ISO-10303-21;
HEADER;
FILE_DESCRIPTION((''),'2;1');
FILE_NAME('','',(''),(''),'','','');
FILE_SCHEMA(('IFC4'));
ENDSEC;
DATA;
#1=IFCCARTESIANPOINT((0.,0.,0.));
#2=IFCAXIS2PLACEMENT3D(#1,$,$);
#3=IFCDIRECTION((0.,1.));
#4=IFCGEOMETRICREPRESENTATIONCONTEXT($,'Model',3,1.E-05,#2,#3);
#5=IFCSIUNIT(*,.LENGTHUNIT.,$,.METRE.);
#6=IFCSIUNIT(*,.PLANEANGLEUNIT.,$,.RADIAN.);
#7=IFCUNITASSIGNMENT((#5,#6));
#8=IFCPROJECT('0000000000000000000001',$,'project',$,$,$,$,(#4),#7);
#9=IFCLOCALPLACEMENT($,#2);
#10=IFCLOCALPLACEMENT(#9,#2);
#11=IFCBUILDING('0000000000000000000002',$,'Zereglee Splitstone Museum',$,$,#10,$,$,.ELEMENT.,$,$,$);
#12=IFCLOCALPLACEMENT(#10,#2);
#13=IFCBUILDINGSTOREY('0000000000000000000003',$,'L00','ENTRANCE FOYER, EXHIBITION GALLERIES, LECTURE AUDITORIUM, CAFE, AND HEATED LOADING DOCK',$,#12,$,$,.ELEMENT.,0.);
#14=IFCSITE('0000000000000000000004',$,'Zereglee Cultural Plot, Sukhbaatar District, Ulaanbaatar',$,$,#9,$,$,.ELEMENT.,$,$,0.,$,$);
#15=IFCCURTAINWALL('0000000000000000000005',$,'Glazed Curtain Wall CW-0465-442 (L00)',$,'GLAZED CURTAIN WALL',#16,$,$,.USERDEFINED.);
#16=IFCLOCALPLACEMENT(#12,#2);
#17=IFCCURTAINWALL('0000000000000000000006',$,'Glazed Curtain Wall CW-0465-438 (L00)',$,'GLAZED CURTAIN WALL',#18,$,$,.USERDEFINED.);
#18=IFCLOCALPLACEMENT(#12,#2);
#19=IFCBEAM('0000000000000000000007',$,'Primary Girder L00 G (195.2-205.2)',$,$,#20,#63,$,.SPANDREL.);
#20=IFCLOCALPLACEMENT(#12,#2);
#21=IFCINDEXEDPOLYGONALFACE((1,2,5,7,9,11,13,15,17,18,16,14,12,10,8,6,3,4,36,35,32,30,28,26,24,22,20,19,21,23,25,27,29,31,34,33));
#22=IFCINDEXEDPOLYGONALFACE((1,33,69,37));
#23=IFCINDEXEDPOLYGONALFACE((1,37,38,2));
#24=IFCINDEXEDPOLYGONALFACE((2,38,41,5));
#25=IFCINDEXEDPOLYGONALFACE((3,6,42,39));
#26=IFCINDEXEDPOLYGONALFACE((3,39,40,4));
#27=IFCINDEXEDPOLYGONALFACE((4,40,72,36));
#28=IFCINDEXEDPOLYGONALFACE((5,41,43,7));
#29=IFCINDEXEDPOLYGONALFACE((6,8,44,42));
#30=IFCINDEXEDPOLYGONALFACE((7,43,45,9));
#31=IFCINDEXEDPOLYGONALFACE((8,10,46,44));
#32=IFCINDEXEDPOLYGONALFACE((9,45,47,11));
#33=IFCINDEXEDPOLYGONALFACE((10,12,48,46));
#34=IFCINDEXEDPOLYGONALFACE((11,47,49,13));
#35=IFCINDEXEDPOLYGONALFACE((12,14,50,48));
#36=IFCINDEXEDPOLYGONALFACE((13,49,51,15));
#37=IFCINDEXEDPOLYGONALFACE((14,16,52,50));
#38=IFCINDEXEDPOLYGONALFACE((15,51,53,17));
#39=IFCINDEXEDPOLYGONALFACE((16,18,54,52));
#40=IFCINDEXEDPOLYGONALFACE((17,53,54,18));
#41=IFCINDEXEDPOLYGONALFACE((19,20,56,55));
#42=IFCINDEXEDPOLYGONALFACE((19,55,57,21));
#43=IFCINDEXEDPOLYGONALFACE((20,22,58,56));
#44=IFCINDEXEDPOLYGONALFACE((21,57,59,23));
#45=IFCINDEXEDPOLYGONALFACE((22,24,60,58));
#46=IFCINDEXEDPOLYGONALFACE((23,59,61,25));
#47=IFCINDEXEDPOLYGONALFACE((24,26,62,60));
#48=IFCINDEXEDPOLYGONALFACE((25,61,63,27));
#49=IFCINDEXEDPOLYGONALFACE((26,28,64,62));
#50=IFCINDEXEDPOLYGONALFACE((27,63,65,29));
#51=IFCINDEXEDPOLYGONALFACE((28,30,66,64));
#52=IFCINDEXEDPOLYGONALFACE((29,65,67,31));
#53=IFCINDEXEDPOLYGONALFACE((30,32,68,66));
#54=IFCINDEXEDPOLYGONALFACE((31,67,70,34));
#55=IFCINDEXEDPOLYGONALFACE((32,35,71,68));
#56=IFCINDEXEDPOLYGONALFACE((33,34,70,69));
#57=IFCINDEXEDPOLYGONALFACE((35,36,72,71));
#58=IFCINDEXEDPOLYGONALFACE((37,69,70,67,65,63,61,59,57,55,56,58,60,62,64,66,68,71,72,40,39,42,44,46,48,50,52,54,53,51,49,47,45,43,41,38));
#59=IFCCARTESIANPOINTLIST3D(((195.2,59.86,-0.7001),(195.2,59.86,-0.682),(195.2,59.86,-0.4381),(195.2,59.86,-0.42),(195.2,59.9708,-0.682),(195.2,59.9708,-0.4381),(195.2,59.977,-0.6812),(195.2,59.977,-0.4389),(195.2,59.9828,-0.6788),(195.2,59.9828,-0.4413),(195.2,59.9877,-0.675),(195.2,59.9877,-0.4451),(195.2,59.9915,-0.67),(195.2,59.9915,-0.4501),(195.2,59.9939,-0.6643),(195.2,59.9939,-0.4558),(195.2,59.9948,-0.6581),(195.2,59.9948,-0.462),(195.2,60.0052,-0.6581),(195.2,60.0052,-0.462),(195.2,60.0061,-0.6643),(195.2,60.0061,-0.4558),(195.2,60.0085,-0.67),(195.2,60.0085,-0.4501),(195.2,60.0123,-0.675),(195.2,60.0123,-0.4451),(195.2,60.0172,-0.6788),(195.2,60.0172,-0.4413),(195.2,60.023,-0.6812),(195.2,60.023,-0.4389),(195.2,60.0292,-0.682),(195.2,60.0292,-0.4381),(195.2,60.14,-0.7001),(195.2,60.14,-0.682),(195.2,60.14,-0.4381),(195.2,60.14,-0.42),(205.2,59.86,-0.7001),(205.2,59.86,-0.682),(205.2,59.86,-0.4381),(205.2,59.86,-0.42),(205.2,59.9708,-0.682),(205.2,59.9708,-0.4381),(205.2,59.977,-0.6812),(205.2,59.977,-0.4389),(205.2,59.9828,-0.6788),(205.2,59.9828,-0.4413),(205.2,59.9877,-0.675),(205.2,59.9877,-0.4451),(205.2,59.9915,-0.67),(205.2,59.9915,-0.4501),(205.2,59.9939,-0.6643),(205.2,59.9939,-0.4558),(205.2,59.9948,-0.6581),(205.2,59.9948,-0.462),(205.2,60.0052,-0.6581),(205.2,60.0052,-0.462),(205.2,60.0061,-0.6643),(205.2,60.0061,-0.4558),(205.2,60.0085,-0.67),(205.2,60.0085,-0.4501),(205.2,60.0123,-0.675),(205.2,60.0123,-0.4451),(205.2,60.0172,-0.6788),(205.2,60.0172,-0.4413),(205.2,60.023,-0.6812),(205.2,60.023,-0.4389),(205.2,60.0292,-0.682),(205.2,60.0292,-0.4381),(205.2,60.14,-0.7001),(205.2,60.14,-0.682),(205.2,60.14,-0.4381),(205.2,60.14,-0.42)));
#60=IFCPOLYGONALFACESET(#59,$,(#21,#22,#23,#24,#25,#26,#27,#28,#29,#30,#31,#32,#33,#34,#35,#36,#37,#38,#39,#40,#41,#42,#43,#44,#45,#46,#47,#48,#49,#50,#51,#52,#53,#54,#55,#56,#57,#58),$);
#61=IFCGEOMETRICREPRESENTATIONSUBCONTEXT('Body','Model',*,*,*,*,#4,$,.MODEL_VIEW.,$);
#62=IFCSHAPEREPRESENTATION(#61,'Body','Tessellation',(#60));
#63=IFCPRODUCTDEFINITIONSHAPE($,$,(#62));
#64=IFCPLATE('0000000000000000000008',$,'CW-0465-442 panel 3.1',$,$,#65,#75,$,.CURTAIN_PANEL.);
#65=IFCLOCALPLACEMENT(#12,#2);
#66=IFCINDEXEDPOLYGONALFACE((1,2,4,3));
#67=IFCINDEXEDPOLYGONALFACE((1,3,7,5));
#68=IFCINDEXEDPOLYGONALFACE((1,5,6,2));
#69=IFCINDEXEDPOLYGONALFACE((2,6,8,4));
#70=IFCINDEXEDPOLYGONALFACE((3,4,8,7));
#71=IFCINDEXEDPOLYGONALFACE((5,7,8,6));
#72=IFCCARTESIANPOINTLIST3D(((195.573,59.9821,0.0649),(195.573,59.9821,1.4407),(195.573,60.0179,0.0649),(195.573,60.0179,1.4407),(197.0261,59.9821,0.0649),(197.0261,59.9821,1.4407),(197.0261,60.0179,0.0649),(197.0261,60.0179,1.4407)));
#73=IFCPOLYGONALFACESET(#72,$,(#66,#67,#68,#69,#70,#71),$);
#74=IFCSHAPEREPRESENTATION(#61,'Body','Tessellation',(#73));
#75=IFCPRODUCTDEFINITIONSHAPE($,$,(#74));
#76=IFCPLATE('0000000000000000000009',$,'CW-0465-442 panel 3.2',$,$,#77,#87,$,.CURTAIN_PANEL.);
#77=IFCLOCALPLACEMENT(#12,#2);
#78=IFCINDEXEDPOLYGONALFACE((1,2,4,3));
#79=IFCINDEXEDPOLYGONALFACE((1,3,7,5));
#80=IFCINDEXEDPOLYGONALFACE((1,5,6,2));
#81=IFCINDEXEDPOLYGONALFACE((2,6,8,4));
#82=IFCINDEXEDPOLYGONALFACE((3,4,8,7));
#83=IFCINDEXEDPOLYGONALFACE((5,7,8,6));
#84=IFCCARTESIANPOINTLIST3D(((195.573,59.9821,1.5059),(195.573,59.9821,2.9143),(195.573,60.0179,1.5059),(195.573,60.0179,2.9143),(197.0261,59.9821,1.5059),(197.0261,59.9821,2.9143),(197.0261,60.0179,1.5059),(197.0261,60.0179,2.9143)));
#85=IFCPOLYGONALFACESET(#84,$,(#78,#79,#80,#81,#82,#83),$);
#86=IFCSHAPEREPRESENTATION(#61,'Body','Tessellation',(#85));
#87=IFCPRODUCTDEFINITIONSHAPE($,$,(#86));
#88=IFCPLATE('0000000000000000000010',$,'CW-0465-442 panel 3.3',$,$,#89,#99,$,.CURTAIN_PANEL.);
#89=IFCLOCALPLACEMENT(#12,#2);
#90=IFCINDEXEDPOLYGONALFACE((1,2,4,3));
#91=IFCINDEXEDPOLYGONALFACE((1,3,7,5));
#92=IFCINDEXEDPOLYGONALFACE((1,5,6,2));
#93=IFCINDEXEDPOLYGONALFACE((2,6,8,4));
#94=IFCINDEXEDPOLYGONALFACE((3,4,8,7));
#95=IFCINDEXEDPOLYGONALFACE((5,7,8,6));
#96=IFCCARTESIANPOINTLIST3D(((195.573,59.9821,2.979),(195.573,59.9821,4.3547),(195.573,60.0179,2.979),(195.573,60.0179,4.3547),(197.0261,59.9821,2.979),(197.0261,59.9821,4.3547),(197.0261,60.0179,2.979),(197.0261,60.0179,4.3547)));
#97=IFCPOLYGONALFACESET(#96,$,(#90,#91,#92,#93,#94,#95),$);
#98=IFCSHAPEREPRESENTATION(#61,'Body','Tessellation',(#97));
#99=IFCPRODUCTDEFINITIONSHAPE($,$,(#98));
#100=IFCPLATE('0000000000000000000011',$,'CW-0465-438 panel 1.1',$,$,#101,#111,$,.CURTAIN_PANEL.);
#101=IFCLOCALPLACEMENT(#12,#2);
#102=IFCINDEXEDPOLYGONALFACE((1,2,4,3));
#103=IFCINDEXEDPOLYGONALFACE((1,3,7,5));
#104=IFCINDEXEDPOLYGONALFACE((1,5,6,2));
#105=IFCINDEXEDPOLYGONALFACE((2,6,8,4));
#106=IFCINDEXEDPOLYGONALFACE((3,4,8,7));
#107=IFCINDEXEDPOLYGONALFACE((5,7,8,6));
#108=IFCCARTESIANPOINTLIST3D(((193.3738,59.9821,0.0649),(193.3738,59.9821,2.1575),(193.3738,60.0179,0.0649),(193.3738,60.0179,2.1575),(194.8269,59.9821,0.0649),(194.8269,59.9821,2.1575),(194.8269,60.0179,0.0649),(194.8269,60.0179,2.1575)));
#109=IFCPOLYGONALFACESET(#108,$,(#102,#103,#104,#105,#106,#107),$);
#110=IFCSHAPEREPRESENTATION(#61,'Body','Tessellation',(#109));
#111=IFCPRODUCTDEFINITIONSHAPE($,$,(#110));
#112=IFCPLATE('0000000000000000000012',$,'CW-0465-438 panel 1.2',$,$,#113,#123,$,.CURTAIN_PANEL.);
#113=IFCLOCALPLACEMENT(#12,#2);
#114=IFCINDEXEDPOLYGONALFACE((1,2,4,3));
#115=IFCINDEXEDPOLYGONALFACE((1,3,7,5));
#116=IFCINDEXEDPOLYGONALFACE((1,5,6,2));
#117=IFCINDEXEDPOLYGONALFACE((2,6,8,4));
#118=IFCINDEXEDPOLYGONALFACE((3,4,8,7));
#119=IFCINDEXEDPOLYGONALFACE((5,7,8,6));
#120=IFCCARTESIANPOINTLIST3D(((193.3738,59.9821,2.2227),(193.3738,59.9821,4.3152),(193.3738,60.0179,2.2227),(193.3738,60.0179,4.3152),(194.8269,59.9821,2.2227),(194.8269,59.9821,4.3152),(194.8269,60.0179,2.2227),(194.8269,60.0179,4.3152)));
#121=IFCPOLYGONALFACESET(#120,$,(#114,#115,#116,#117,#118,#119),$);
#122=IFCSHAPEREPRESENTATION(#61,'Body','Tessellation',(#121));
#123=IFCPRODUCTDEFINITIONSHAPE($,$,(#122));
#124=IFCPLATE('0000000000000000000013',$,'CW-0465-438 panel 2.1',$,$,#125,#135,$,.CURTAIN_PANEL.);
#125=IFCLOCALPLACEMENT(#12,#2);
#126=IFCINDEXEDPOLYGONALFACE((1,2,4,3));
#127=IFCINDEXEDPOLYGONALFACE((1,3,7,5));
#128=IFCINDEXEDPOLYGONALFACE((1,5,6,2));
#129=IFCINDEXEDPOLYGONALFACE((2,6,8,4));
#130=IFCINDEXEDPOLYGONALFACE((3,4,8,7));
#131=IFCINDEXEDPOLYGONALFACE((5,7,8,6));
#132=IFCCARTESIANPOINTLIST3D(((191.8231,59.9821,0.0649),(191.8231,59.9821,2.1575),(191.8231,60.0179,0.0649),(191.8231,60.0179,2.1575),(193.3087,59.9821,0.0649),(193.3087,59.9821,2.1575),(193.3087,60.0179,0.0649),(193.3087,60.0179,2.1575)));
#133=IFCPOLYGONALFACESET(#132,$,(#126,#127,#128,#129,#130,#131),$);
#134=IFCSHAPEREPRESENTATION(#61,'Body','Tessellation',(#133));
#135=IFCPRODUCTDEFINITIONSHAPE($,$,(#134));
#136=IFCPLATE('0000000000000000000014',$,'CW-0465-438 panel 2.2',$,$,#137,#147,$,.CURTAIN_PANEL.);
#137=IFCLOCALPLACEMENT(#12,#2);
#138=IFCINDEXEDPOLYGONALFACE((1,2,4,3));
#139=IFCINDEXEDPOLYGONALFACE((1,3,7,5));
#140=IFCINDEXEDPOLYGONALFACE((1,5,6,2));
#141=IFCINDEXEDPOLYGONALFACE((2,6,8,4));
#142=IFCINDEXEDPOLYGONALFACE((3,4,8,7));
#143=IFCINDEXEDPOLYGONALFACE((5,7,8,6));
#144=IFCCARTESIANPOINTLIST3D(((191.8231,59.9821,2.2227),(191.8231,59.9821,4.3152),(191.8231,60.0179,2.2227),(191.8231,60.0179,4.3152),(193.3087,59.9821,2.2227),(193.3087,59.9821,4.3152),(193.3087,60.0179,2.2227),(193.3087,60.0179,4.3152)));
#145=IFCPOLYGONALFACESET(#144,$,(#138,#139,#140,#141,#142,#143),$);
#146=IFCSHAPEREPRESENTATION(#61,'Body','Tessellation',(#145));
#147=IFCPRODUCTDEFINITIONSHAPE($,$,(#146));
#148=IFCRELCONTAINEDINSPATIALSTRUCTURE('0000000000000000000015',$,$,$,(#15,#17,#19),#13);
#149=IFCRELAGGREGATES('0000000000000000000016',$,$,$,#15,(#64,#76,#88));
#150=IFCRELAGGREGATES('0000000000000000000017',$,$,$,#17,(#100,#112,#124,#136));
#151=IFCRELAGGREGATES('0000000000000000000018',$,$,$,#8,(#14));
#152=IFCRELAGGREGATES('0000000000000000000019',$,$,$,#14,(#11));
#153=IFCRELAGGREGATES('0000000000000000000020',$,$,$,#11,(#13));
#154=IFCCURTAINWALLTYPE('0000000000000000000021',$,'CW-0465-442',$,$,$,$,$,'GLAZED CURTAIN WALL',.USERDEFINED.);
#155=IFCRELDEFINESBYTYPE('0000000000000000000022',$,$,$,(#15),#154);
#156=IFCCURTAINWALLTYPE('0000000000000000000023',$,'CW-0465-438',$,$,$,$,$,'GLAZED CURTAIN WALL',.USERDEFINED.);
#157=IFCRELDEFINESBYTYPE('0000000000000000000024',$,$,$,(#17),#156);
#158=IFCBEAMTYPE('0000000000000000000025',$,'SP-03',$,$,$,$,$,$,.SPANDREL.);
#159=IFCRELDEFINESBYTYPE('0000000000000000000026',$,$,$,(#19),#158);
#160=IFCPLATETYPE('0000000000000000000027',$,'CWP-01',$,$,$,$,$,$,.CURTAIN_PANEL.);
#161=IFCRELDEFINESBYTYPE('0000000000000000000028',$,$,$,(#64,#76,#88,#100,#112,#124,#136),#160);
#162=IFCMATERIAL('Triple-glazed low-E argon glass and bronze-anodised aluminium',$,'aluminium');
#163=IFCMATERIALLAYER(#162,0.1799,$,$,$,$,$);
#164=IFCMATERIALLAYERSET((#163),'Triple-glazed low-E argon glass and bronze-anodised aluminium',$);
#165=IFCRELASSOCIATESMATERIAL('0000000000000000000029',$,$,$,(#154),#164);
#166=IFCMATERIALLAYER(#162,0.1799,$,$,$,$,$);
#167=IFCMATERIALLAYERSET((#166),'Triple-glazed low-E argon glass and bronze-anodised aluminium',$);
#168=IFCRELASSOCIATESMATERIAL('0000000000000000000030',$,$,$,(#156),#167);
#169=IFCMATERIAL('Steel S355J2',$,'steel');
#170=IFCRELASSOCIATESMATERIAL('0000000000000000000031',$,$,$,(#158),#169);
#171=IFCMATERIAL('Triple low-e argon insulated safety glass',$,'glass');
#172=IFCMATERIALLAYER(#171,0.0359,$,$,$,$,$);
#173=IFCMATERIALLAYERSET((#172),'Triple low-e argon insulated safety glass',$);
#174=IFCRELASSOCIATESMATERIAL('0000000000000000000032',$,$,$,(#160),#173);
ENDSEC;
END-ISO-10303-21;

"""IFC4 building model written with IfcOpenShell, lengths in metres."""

from ifc_helpers import new_model, si_unit, direction, frame, origin, origin_2d, place, context, subcontext, project, spatial, rectangle, i_section, extrude, material, layer, layer_set, material_profile, profile_set, type_object, element, aggregate, save


model = new_model("IFC4")

# Units and contexts
model_context = context("Model", 3, precision=1e-05, world=origin(), true_north=direction((0.0, 1.0)))
body_context = subcontext(model_context, "Body", "Model", "MODEL_VIEW")
ifc_project = project(units=[si_unit("LENGTHUNIT", "METRE"), si_unit("PLANEANGLEUNIT", "RADIAN")], contexts=[model_context])

# Site, building, storey
site_placement = place(None, origin())
site = spatial("IfcSite", under=ifc_project, at=site_placement, Name="Zereglee Cultural Plot, Sukhbaatar District, Ulaanbaatar", CompositionType="ELEMENT", RefElevation=0.0)
building_placement = place(site_placement, origin())
building = spatial("IfcBuilding", under=site, at=building_placement, Name="Zereglee Splitstone Museum", CompositionType="ELEMENT")
storey_placement = place(building_placement, origin())
storey = spatial("IfcBuildingStorey", under=building, at=storey_placement, Name="L00", Description="ENTRANCE FOYER, EXHIBITION GALLERIES, LECTURE AUDITORIUM, CAFE, AND HEATED LOADING DOCK", CompositionType="ELEMENT", Elevation=0.0)

# Curtain wall
ifc_material_1 = material(Name="Triple-glazed low-E argon glass and bronze-anodised aluminium", Category="aluminium")
ifc_layer_1 = layer(ifc_material_1, 0.1799)
ifc_layer_set_1 = layer_set([ifc_layer_1], Name="Triple-glazed low-E argon glass and bronze-anodised aluminium")
curtain_wall_type_1 = type_object("IfcCurtainWallType", Name="CW-0465-442", ElementType="GLAZED CURTAIN WALL", PredefinedType="USERDEFINED", material=ifc_layer_set_1)
curtain_wall_1_placement = place(storey_placement, origin())
curtain_wall_1 = element("IfcCurtainWall", 1, at=curtain_wall_1_placement, inside=storey, type_object=curtain_wall_type_1, Name="Glazed Curtain Wall CW-0465-442 (L00)", ObjectType="GLAZED CURTAIN WALL", PredefinedType="USERDEFINED")

# Curtain wall
ifc_layer_2 = layer(ifc_material_1, 0.1799)
ifc_layer_set_2 = layer_set([ifc_layer_2], Name="Triple-glazed low-E argon glass and bronze-anodised aluminium")
curtain_wall_type_2 = type_object("IfcCurtainWallType", Name="CW-0465-438", ElementType="GLAZED CURTAIN WALL", PredefinedType="USERDEFINED", material=ifc_layer_set_2)
curtain_wall_2_placement = place(storey_placement, origin())
curtain_wall_2 = element("IfcCurtainWall", 2, at=curtain_wall_2_placement, inside=storey, type_object=curtain_wall_type_2, Name="Glazed Curtain Wall CW-0465-438 (L00)", ObjectType="GLAZED CURTAIN WALL", PredefinedType="USERDEFINED")

# Beam
ifc_material_2 = material(Name="Steel S355J2", Category="steel")
ifc_material_profile_1 = material_profile(ifc_material_2, i_section(OverallWidth=0.28, OverallDepth=0.28, WebThickness=0.0105, FlangeThickness=0.0181, FilletRadius=0.0239, at=origin_2d()), Name="HE 280 B")
ifc_profile_set_1 = profile_set([ifc_material_profile_1], Name="Steel S355J2")
beam_type = type_object("IfcBeamType", Name="SP-03", PredefinedType="SPANDREL", material=ifc_profile_set_1)
beam_placement = place(storey_placement, frame((195.2, 60.0, -0.5601), z_axis=(1.0, 0.0, 0.0), x_axis=(0.0, 1.0, 0.0)))
element("IfcBeam", 3, at=beam_placement, inside=storey, type_object=beam_type, Name="Primary Girder L00 G (195.2-205.2)", PredefinedType="SPANDREL", context=body_context, shape_type="SweptSolid", body=[
    extrude(i_section(OverallWidth=0.28, OverallDepth=0.28, WebThickness=0.0105, FlangeThickness=0.0181, FilletRadius=0.0239, at=origin_2d()), origin(), (0.0, 0.0, 1.0), 10.0),
])

# Plates
ifc_material_3 = material(Name="Triple low-e argon insulated safety glass", Category="glass")
ifc_layer_3 = layer(ifc_material_3, 0.0359)
ifc_layer_set_3 = layer_set([ifc_layer_3], Name="Triple low-e argon insulated safety glass")
plate_type = type_object("IfcPlateType", Name="CWP-01", PredefinedType="CURTAIN_PANEL", material=ifc_layer_set_3)
plate_1_placement = place(storey_placement, frame((196.2996, 60.0, 0.0649), z_axis=(0.0, 0.0, 1.0), x_axis=(-1.0, 0.0, 0.0)))
plate_1 = element("IfcPlate", 4, at=plate_1_placement, type_object=plate_type, Name="CW-0465-442 panel 3.1", PredefinedType="CURTAIN_PANEL", context=body_context, shape_type="SweptSolid", body=[
    extrude(rectangle(XDim=1.4531, YDim=0.0359, at=origin_2d()), origin(), (0.0, 0.0, 1.0), 1.3757),
])
plate_2_placement = place(storey_placement, frame((196.2996, 60.0, 1.5059), z_axis=(0.0, 0.0, 1.0), x_axis=(-1.0, 0.0, 0.0)))
plate_2 = element("IfcPlate", 5, at=plate_2_placement, type_object=plate_type, Name="CW-0465-442 panel 3.2", PredefinedType="CURTAIN_PANEL", context=body_context, shape_type="SweptSolid", body=[
    extrude(rectangle(XDim=1.4531, YDim=0.0359, at=origin_2d()), origin(), (0.0, 0.0, 1.0), 1.4084),
])
plate_3_placement = place(storey_placement, frame((196.2996, 60.0, 2.979), z_axis=(0.0, 0.0, 1.0), x_axis=(-1.0, 0.0, 0.0)))
plate_3 = element("IfcPlate", 6, at=plate_3_placement, type_object=plate_type, Name="CW-0465-442 panel 3.3", PredefinedType="CURTAIN_PANEL", context=body_context, shape_type="SweptSolid", body=[
    extrude(rectangle(XDim=1.4531, YDim=0.0359, at=origin_2d()), origin(), (0.0, 0.0, 1.0), 1.3757),
])
aggregate(curtain_wall_1, [plate_1, plate_2, plate_3])
plate_4_placement = place(storey_placement, frame((194.1003, 60.0, 0.0649), z_axis=(0.0, 0.0, 1.0), x_axis=(-1.0, 0.0, 0.0)))
plate_4 = element("IfcPlate", 7, at=plate_4_placement, type_object=plate_type, Name="CW-0465-438 panel 1.1", PredefinedType="CURTAIN_PANEL", context=body_context, shape_type="SweptSolid", body=[
    extrude(rectangle(XDim=1.4531, YDim=0.0359, at=origin_2d()), origin(), (0.0, 0.0, 1.0), 2.0925),
])
plate_5_placement = place(storey_placement, frame((194.1003, 60.0, 2.2227), z_axis=(0.0, 0.0, 1.0), x_axis=(-1.0, 0.0, 0.0)))
plate_5 = element("IfcPlate", 8, at=plate_5_placement, type_object=plate_type, Name="CW-0465-438 panel 1.2", PredefinedType="CURTAIN_PANEL", context=body_context, shape_type="SweptSolid", body=[
    extrude(rectangle(XDim=1.4531, YDim=0.0359, at=origin_2d()), origin(), (0.0, 0.0, 1.0), 2.0925),
])
plate_6_placement = place(storey_placement, frame((192.5659, 60.0, 0.0649), z_axis=(0.0, 0.0, 1.0), x_axis=(-1.0, 0.0, 0.0)))
plate_6 = element("IfcPlate", 9, at=plate_6_placement, type_object=plate_type, Name="CW-0465-438 panel 2.1", PredefinedType="CURTAIN_PANEL", context=body_context, shape_type="SweptSolid", body=[
    extrude(rectangle(XDim=1.4856, YDim=0.0359, at=origin_2d()), origin(), (0.0, 0.0, 1.0), 2.0925),
])
plate_7_placement = place(storey_placement, frame((192.5659, 60.0, 2.2227), z_axis=(0.0, 0.0, 1.0), x_axis=(-1.0, 0.0, 0.0)))
plate_7 = element("IfcPlate", 10, at=plate_7_placement, type_object=plate_type, Name="CW-0465-438 panel 2.2", PredefinedType="CURTAIN_PANEL", context=body_context, shape_type="SweptSolid", body=[
    extrude(rectangle(XDim=1.4856, YDim=0.0359, at=origin_2d()), origin(), (0.0, 0.0, 1.0), 2.0925),
])
aggregate(curtain_wall_2, [plate_4, plate_5, plate_6, plate_7])

save(model, "model.ifc")
